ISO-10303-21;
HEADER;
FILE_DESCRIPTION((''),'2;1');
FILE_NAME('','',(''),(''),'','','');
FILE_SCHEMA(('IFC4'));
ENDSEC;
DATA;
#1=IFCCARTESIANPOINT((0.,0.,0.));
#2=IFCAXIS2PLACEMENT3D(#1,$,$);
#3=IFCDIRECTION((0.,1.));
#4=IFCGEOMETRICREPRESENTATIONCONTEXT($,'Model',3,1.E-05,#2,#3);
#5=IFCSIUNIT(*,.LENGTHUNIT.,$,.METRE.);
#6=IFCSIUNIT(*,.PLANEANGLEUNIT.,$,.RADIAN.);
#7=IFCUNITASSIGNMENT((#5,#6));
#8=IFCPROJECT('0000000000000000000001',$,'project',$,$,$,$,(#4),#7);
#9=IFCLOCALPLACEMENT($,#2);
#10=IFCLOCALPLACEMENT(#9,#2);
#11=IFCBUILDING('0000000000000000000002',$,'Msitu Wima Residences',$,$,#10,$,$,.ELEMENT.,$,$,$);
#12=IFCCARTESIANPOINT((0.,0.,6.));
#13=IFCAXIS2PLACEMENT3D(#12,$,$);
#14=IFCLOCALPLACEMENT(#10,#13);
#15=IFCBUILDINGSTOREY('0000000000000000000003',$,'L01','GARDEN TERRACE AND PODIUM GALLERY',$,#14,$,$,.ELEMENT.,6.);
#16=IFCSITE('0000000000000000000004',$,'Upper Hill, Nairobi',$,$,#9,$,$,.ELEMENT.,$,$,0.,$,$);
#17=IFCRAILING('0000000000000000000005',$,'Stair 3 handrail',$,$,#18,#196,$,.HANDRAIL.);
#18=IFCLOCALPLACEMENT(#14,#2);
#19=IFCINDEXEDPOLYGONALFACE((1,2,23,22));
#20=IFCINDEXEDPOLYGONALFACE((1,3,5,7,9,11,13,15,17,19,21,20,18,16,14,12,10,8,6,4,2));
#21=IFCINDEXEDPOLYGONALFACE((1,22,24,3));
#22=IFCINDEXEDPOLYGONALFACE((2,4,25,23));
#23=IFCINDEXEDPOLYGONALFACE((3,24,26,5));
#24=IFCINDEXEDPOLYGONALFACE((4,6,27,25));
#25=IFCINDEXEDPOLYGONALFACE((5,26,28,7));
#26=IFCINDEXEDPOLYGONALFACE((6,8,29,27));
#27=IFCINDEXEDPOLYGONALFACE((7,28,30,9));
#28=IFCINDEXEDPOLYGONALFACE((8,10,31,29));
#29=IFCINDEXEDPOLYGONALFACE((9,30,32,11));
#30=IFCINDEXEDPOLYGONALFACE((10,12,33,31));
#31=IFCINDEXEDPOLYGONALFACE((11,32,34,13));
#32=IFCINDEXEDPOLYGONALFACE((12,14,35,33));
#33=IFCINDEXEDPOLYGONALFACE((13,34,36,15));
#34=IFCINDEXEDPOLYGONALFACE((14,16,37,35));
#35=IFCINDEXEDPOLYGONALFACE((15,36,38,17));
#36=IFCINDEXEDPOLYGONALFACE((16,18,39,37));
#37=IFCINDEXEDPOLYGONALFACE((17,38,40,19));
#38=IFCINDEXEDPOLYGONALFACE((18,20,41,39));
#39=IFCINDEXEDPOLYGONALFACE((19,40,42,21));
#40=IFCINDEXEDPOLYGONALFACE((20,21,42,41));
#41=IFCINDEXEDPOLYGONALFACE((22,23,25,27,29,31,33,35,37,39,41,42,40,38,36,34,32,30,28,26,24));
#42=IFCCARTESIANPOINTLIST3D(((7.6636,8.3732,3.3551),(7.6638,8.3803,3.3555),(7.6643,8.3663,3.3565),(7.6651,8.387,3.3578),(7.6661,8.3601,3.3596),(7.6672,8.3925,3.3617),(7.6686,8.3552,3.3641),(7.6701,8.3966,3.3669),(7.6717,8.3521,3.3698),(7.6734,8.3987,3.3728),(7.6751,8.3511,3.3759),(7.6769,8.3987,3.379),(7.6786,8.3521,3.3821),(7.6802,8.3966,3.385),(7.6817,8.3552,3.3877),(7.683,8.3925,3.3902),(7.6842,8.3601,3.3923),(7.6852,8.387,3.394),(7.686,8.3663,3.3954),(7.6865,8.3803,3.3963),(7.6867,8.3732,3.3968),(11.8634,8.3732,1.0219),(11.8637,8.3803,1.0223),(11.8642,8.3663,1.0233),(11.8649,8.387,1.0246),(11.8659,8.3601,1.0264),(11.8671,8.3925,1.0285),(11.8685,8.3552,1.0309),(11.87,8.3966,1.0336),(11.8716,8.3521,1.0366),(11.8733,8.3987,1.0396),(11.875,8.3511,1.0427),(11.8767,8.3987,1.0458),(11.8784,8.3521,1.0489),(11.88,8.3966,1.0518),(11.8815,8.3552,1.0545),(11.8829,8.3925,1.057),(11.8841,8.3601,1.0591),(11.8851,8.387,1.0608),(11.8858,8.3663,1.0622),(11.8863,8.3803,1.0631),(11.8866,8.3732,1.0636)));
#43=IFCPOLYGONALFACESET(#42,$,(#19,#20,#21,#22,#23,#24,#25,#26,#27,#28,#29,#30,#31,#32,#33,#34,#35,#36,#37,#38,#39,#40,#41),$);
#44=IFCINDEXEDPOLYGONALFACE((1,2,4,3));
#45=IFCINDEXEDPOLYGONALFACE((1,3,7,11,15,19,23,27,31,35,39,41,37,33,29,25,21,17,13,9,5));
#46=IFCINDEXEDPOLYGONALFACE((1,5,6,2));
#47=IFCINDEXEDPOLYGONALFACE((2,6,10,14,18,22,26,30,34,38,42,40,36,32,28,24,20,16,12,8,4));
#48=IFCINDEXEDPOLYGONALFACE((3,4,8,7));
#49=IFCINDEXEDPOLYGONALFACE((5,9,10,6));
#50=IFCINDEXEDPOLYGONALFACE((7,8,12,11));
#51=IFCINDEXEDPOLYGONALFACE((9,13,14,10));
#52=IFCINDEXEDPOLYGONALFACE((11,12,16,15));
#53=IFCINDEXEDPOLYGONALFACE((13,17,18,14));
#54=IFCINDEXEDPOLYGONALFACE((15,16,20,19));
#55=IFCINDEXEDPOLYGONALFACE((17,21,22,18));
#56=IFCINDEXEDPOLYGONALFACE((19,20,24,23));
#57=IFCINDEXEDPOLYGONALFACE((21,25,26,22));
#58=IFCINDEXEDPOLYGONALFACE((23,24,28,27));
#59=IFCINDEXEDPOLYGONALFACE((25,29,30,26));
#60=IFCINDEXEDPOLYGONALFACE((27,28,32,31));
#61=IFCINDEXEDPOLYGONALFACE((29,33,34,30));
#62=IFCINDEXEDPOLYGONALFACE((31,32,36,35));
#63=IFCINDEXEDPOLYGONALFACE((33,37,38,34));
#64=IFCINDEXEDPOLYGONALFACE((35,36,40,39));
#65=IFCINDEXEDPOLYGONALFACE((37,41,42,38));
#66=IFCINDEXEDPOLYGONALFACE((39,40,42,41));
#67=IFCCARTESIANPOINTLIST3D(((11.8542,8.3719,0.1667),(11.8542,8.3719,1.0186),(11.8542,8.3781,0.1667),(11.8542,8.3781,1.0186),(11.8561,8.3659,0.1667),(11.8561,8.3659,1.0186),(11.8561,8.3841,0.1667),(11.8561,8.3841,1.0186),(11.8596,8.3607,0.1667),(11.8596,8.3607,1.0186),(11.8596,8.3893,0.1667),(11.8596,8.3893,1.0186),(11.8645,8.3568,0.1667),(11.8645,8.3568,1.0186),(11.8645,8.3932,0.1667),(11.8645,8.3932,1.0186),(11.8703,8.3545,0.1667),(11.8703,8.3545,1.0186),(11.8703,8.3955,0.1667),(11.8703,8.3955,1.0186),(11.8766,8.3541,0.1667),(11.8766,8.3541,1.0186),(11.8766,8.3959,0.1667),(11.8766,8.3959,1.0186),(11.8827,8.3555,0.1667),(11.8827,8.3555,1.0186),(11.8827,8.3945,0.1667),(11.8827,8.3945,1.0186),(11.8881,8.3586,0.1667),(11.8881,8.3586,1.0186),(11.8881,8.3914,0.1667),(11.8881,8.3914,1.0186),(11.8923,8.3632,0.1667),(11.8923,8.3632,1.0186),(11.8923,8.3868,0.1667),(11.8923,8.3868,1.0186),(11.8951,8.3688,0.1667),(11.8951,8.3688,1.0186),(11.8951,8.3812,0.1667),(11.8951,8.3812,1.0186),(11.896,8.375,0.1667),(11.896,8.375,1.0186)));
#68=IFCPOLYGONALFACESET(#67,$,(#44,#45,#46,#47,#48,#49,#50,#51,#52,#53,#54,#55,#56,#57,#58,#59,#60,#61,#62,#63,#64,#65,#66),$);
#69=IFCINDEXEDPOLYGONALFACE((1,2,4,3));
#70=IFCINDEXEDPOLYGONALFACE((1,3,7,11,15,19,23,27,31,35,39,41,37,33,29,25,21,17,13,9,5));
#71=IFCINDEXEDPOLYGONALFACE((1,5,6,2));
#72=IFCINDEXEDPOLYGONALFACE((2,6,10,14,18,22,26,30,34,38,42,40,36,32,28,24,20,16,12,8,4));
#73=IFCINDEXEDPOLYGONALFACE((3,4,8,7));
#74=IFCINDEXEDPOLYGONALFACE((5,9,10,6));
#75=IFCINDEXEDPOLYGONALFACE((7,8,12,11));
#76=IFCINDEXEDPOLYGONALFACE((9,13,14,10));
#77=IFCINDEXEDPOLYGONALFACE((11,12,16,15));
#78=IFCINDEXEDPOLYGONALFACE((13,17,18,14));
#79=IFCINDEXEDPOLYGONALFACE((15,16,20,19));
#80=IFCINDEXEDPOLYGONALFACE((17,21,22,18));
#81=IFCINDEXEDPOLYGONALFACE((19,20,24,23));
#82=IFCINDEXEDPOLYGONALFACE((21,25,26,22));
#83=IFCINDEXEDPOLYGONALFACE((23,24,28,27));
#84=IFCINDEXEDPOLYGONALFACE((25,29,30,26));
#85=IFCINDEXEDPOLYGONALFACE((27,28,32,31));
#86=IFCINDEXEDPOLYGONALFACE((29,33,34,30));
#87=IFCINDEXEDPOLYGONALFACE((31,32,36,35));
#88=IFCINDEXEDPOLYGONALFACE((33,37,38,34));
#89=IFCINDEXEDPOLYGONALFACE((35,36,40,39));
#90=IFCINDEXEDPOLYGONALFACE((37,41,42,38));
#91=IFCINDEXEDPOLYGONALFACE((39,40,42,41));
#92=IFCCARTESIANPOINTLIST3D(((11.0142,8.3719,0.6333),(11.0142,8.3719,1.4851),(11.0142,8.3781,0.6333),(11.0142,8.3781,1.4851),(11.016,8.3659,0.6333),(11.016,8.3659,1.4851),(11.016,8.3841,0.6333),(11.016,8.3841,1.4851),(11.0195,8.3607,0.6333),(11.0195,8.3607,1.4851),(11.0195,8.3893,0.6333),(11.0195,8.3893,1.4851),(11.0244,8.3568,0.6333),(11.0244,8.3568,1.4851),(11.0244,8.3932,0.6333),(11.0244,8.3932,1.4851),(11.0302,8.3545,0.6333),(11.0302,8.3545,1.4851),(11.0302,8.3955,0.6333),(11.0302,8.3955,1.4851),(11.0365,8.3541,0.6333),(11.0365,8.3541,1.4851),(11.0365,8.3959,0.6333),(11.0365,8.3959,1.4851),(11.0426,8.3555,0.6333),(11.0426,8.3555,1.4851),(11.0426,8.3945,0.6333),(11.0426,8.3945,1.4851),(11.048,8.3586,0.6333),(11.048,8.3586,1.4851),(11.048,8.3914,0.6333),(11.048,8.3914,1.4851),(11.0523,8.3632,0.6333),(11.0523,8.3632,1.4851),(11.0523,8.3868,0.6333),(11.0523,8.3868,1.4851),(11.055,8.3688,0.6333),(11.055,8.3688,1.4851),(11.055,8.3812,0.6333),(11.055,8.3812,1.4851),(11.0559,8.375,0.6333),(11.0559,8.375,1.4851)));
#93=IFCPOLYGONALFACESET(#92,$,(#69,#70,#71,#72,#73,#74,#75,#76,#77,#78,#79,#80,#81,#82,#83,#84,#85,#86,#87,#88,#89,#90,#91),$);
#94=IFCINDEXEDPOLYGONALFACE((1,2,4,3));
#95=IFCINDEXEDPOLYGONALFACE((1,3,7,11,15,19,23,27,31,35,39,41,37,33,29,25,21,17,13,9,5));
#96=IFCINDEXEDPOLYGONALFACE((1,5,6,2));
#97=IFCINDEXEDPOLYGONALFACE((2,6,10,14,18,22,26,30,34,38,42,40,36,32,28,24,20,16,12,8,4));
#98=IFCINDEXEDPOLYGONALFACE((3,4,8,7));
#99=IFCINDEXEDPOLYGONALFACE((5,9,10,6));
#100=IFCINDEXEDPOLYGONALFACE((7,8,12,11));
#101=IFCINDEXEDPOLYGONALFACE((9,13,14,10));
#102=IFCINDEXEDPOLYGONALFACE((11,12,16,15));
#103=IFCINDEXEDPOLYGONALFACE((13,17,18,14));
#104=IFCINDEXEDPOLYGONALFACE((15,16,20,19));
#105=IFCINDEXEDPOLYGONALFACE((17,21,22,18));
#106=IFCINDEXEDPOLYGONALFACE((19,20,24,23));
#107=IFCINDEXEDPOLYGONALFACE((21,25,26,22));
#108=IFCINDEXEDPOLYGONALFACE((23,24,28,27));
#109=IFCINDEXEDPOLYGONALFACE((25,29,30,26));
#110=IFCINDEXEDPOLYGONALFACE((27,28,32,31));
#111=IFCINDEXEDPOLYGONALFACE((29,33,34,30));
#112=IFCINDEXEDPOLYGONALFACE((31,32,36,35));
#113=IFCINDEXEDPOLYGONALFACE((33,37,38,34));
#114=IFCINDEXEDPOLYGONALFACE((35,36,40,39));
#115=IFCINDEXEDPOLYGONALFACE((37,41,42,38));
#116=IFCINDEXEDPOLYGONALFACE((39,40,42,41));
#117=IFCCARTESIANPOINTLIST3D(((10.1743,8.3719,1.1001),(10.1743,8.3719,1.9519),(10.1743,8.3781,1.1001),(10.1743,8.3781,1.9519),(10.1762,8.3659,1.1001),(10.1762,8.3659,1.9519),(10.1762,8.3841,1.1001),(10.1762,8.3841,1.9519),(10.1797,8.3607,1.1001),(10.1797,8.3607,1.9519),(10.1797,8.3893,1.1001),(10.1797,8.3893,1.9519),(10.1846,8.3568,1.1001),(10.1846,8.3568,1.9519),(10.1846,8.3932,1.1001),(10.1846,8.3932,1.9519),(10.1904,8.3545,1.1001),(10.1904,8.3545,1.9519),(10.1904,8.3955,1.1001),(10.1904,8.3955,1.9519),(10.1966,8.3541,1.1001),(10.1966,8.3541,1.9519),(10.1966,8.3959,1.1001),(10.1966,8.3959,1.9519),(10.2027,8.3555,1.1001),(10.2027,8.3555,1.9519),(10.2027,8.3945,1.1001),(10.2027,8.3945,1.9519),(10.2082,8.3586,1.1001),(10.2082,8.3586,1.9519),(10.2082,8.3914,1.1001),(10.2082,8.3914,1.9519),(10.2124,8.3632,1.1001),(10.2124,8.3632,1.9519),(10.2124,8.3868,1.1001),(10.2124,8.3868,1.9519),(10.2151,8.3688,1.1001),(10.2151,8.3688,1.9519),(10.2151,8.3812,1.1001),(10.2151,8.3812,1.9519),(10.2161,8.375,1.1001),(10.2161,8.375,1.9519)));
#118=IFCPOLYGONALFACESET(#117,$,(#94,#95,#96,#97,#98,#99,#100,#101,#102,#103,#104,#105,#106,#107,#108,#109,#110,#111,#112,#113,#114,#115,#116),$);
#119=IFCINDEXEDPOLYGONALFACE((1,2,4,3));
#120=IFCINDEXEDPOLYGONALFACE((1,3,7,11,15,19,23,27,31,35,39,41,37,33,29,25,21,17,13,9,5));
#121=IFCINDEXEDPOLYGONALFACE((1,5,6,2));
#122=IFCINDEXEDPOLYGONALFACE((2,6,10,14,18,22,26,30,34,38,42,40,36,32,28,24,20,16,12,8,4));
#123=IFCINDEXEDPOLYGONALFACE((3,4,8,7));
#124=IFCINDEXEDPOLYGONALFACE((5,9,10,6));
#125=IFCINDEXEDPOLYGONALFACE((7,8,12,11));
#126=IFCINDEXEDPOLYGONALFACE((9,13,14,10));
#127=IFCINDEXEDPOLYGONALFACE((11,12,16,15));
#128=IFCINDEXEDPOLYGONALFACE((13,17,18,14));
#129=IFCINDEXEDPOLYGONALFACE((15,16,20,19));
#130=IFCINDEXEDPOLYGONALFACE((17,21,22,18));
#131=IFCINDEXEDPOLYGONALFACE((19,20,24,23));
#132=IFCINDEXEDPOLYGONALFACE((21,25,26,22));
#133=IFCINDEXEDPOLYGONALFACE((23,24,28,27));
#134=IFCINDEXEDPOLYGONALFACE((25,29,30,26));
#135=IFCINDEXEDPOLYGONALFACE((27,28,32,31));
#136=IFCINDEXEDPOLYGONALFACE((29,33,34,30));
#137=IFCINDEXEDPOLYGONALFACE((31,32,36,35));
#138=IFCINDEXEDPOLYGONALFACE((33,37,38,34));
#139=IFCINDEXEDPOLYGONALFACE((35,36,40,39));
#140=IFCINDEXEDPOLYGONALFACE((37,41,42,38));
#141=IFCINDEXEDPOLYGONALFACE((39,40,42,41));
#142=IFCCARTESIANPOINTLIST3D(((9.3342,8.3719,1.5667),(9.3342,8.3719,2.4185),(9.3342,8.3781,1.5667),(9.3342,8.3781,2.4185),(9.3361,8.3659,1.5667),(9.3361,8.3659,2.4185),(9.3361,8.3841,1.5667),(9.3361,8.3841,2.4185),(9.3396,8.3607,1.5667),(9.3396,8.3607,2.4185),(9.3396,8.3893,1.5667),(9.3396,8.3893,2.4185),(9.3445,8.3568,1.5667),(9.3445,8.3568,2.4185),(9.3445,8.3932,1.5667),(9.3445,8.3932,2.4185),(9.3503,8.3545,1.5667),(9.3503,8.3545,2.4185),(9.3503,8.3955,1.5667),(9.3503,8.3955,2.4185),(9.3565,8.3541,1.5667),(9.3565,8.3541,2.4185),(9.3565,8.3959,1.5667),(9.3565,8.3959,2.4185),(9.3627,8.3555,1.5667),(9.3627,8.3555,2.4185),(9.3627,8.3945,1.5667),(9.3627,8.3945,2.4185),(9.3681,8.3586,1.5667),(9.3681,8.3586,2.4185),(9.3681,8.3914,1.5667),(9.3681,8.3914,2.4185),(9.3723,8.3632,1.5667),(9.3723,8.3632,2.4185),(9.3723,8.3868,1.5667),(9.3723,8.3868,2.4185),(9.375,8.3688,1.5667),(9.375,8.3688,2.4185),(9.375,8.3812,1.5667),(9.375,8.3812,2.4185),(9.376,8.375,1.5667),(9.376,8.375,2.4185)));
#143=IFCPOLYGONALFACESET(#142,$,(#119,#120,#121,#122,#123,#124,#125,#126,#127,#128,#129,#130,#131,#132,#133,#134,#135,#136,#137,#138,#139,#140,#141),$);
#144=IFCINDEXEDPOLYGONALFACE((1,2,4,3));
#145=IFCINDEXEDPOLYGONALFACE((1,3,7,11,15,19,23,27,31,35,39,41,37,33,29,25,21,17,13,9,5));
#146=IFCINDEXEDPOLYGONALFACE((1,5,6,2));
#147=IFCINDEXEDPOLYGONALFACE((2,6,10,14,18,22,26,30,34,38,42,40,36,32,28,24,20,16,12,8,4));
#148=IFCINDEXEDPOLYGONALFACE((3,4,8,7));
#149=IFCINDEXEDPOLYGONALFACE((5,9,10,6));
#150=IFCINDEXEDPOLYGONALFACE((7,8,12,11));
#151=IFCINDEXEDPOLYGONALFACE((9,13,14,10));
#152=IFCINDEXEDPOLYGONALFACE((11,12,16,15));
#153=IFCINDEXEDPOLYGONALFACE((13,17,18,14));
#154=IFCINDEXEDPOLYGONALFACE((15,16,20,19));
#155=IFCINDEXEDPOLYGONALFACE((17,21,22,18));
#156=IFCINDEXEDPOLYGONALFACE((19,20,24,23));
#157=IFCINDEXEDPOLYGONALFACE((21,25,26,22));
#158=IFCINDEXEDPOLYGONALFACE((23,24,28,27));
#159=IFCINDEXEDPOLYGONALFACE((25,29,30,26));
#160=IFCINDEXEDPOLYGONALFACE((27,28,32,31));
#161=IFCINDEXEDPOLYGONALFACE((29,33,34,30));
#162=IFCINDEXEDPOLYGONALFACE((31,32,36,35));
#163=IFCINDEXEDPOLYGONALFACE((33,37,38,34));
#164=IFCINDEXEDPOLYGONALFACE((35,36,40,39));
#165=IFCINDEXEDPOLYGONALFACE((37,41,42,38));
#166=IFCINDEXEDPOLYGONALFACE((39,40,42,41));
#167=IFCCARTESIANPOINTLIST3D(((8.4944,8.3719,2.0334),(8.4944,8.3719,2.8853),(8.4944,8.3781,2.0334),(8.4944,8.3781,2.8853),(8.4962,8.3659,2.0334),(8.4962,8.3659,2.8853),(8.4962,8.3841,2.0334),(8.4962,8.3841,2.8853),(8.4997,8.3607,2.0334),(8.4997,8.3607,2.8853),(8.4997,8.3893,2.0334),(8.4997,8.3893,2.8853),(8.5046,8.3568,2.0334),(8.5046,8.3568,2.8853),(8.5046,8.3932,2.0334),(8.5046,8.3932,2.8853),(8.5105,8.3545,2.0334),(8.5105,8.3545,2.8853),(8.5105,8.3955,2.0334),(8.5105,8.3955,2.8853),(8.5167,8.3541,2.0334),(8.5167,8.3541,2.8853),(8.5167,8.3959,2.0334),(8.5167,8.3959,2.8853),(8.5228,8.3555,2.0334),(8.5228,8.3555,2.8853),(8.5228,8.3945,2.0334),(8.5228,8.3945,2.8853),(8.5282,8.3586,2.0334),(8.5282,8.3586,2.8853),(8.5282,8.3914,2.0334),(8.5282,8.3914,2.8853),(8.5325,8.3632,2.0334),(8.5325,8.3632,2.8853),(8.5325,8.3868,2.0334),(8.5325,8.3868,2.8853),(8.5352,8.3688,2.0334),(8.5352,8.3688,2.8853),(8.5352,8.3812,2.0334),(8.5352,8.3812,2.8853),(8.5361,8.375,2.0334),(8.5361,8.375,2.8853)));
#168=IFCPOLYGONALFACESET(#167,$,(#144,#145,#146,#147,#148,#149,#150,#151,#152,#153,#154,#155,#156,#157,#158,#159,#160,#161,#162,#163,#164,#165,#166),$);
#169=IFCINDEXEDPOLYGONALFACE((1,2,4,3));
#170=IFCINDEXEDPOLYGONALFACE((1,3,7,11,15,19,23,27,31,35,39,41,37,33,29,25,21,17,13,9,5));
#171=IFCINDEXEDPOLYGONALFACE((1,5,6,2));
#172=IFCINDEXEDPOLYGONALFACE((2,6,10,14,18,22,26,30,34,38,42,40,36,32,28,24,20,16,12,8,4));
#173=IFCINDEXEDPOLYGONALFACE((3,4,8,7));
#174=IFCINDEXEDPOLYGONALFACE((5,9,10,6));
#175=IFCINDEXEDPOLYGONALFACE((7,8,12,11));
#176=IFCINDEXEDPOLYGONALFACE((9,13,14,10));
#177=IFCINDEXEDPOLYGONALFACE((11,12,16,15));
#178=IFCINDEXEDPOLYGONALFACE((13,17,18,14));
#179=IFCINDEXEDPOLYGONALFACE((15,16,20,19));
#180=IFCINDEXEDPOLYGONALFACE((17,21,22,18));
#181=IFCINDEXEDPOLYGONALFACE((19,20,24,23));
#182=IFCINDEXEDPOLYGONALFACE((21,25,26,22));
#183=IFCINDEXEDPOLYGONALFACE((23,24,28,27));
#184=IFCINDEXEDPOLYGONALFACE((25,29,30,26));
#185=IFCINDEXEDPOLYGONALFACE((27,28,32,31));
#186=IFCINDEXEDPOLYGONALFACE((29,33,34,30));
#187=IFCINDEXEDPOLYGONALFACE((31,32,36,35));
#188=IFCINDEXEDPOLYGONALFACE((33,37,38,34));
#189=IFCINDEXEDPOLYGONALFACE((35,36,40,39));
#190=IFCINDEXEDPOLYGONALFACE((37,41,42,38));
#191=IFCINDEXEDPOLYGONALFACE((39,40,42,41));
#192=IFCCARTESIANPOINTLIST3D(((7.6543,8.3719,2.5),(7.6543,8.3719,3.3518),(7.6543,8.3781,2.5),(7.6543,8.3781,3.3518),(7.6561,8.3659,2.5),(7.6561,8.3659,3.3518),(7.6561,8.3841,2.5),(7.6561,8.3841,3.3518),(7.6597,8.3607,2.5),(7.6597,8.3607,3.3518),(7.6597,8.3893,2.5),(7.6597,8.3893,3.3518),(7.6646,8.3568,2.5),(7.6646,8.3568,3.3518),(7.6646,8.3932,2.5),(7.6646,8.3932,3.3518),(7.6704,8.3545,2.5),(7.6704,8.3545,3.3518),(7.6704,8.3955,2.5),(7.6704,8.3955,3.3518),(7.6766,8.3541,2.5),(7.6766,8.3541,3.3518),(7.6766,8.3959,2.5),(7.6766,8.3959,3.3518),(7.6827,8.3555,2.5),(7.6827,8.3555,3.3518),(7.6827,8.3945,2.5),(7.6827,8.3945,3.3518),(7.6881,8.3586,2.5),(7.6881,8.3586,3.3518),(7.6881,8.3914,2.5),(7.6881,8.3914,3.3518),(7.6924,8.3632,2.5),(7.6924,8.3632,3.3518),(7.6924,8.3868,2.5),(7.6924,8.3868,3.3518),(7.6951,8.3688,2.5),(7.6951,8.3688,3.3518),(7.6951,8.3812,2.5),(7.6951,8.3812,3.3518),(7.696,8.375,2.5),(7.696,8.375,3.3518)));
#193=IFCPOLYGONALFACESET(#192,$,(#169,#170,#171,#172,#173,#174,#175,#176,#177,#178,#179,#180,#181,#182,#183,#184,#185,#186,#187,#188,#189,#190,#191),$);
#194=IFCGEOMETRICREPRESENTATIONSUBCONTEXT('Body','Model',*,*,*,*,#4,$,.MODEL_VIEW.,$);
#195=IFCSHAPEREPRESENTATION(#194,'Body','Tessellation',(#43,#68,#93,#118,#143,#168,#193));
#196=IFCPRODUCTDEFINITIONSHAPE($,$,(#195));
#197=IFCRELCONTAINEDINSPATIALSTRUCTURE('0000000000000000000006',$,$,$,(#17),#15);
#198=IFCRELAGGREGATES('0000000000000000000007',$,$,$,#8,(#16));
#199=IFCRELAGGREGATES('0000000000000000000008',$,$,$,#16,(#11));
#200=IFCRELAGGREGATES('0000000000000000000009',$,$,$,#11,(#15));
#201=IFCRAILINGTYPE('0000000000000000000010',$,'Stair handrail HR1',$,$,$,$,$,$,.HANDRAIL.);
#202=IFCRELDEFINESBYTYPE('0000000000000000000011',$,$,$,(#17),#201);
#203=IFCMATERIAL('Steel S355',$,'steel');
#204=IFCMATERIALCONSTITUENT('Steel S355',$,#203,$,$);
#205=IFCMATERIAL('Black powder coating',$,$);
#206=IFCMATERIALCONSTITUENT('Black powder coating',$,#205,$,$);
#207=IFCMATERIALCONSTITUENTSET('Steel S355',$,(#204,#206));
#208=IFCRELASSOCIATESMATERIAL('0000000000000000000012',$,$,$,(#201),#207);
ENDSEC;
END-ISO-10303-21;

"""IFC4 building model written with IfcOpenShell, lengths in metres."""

from ifc_helpers import new_model, si_unit, direction, frame, origin, origin_2d, place, context, subcontext, project, spatial, circle, extrude, material, constituent, constituent_set, type_object, element, save


model = new_model("IFC4")

# Units and contexts
model_context = context("Model", 3, precision=1e-05, world=origin(), true_north=direction((0.0, 1.0)))
body_context = subcontext(model_context, "Body", "Model", "MODEL_VIEW")
ifc_project = project(units=[si_unit("LENGTHUNIT", "METRE"), si_unit("PLANEANGLEUNIT", "RADIAN")], contexts=[model_context])

# Site, building, storey
site_placement = place(None, origin())
site = spatial("IfcSite", under=ifc_project, at=site_placement, Name="Upper Hill, Nairobi", CompositionType="ELEMENT", RefElevation=0.0)
building_placement = place(site_placement, origin())
building = spatial("IfcBuilding", under=site, at=building_placement, Name="Msitu Wima Residences", CompositionType="ELEMENT")
storey_placement = place(building_placement, frame((0.0, 0.0, 6.0)))
storey = spatial("IfcBuildingStorey", under=building, at=storey_placement, Name="L01", Description="GARDEN TERRACE AND PODIUM GALLERY", CompositionType="ELEMENT", Elevation=6.0)

# Railing
ifc_material_1 = material(Name="Steel S355", Category="steel")
ifc_constituent_1 = constituent(ifc_material_1, Name="Steel S355")
ifc_material_2 = material(Name="Black powder coating")
ifc_constituent_2 = constituent(ifc_material_2, Name="Black powder coating")
ifc_constituent_set = constituent_set(constituents=[ifc_constituent_1, ifc_constituent_2], Name="Steel S355")
railing_type = type_object("IfcRailingType", Name="Stair handrail HR1", PredefinedType="HANDRAIL", material=ifc_constituent_set)
for number, where, name in (
    (1, (11.875, 8.375, 0.1667), "Stair 3 handrail"),
):
    element("IfcRailing", number, at=place(storey_placement, frame(where)), inside=storey, type_object=railing_type, Name=name, PredefinedType="HANDRAIL", context=body_context, shape_type="SweptSolid", body=[
        extrude(circle(Radius=0.0239, at=origin_2d()), frame((0.0, 0.0, 0.876), z_axis=(-0.874162, 0.0, 0.485634), x_axis=(0.0, -1.0, 0.0)), (0.0, 0.0, 1.0), 4.8044),
        extrude(circle(Radius=0.021, at=origin_2d()), origin(), (0.0, 0.0, 1.0), 0.8518),
        extrude(circle(Radius=0.021, at=origin_2d()), frame((-0.8401, 0.0, 0.4666)), (0.0, 0.0, 1.0), 0.8518),
        extrude(circle(Radius=0.021, at=origin_2d()), frame((-1.6799, 0.0, 0.9333)), (0.0, 0.0, 1.0), 0.8518),
        extrude(circle(Radius=0.021, at=origin_2d()), frame((-2.52, 0.0, 1.3999)), (0.0, 0.0, 1.0), 0.8518),
        extrude(circle(Radius=0.021, at=origin_2d()), frame((-3.3599, 0.0, 1.8667)), (0.0, 0.0, 1.0), 0.8518),
        extrude(circle(Radius=0.021, at=origin_2d()), frame((-4.2, 0.0, 2.3333)), (0.0, 0.0, 1.0), 0.8518),
    ])

save(model, "model.ifc")
